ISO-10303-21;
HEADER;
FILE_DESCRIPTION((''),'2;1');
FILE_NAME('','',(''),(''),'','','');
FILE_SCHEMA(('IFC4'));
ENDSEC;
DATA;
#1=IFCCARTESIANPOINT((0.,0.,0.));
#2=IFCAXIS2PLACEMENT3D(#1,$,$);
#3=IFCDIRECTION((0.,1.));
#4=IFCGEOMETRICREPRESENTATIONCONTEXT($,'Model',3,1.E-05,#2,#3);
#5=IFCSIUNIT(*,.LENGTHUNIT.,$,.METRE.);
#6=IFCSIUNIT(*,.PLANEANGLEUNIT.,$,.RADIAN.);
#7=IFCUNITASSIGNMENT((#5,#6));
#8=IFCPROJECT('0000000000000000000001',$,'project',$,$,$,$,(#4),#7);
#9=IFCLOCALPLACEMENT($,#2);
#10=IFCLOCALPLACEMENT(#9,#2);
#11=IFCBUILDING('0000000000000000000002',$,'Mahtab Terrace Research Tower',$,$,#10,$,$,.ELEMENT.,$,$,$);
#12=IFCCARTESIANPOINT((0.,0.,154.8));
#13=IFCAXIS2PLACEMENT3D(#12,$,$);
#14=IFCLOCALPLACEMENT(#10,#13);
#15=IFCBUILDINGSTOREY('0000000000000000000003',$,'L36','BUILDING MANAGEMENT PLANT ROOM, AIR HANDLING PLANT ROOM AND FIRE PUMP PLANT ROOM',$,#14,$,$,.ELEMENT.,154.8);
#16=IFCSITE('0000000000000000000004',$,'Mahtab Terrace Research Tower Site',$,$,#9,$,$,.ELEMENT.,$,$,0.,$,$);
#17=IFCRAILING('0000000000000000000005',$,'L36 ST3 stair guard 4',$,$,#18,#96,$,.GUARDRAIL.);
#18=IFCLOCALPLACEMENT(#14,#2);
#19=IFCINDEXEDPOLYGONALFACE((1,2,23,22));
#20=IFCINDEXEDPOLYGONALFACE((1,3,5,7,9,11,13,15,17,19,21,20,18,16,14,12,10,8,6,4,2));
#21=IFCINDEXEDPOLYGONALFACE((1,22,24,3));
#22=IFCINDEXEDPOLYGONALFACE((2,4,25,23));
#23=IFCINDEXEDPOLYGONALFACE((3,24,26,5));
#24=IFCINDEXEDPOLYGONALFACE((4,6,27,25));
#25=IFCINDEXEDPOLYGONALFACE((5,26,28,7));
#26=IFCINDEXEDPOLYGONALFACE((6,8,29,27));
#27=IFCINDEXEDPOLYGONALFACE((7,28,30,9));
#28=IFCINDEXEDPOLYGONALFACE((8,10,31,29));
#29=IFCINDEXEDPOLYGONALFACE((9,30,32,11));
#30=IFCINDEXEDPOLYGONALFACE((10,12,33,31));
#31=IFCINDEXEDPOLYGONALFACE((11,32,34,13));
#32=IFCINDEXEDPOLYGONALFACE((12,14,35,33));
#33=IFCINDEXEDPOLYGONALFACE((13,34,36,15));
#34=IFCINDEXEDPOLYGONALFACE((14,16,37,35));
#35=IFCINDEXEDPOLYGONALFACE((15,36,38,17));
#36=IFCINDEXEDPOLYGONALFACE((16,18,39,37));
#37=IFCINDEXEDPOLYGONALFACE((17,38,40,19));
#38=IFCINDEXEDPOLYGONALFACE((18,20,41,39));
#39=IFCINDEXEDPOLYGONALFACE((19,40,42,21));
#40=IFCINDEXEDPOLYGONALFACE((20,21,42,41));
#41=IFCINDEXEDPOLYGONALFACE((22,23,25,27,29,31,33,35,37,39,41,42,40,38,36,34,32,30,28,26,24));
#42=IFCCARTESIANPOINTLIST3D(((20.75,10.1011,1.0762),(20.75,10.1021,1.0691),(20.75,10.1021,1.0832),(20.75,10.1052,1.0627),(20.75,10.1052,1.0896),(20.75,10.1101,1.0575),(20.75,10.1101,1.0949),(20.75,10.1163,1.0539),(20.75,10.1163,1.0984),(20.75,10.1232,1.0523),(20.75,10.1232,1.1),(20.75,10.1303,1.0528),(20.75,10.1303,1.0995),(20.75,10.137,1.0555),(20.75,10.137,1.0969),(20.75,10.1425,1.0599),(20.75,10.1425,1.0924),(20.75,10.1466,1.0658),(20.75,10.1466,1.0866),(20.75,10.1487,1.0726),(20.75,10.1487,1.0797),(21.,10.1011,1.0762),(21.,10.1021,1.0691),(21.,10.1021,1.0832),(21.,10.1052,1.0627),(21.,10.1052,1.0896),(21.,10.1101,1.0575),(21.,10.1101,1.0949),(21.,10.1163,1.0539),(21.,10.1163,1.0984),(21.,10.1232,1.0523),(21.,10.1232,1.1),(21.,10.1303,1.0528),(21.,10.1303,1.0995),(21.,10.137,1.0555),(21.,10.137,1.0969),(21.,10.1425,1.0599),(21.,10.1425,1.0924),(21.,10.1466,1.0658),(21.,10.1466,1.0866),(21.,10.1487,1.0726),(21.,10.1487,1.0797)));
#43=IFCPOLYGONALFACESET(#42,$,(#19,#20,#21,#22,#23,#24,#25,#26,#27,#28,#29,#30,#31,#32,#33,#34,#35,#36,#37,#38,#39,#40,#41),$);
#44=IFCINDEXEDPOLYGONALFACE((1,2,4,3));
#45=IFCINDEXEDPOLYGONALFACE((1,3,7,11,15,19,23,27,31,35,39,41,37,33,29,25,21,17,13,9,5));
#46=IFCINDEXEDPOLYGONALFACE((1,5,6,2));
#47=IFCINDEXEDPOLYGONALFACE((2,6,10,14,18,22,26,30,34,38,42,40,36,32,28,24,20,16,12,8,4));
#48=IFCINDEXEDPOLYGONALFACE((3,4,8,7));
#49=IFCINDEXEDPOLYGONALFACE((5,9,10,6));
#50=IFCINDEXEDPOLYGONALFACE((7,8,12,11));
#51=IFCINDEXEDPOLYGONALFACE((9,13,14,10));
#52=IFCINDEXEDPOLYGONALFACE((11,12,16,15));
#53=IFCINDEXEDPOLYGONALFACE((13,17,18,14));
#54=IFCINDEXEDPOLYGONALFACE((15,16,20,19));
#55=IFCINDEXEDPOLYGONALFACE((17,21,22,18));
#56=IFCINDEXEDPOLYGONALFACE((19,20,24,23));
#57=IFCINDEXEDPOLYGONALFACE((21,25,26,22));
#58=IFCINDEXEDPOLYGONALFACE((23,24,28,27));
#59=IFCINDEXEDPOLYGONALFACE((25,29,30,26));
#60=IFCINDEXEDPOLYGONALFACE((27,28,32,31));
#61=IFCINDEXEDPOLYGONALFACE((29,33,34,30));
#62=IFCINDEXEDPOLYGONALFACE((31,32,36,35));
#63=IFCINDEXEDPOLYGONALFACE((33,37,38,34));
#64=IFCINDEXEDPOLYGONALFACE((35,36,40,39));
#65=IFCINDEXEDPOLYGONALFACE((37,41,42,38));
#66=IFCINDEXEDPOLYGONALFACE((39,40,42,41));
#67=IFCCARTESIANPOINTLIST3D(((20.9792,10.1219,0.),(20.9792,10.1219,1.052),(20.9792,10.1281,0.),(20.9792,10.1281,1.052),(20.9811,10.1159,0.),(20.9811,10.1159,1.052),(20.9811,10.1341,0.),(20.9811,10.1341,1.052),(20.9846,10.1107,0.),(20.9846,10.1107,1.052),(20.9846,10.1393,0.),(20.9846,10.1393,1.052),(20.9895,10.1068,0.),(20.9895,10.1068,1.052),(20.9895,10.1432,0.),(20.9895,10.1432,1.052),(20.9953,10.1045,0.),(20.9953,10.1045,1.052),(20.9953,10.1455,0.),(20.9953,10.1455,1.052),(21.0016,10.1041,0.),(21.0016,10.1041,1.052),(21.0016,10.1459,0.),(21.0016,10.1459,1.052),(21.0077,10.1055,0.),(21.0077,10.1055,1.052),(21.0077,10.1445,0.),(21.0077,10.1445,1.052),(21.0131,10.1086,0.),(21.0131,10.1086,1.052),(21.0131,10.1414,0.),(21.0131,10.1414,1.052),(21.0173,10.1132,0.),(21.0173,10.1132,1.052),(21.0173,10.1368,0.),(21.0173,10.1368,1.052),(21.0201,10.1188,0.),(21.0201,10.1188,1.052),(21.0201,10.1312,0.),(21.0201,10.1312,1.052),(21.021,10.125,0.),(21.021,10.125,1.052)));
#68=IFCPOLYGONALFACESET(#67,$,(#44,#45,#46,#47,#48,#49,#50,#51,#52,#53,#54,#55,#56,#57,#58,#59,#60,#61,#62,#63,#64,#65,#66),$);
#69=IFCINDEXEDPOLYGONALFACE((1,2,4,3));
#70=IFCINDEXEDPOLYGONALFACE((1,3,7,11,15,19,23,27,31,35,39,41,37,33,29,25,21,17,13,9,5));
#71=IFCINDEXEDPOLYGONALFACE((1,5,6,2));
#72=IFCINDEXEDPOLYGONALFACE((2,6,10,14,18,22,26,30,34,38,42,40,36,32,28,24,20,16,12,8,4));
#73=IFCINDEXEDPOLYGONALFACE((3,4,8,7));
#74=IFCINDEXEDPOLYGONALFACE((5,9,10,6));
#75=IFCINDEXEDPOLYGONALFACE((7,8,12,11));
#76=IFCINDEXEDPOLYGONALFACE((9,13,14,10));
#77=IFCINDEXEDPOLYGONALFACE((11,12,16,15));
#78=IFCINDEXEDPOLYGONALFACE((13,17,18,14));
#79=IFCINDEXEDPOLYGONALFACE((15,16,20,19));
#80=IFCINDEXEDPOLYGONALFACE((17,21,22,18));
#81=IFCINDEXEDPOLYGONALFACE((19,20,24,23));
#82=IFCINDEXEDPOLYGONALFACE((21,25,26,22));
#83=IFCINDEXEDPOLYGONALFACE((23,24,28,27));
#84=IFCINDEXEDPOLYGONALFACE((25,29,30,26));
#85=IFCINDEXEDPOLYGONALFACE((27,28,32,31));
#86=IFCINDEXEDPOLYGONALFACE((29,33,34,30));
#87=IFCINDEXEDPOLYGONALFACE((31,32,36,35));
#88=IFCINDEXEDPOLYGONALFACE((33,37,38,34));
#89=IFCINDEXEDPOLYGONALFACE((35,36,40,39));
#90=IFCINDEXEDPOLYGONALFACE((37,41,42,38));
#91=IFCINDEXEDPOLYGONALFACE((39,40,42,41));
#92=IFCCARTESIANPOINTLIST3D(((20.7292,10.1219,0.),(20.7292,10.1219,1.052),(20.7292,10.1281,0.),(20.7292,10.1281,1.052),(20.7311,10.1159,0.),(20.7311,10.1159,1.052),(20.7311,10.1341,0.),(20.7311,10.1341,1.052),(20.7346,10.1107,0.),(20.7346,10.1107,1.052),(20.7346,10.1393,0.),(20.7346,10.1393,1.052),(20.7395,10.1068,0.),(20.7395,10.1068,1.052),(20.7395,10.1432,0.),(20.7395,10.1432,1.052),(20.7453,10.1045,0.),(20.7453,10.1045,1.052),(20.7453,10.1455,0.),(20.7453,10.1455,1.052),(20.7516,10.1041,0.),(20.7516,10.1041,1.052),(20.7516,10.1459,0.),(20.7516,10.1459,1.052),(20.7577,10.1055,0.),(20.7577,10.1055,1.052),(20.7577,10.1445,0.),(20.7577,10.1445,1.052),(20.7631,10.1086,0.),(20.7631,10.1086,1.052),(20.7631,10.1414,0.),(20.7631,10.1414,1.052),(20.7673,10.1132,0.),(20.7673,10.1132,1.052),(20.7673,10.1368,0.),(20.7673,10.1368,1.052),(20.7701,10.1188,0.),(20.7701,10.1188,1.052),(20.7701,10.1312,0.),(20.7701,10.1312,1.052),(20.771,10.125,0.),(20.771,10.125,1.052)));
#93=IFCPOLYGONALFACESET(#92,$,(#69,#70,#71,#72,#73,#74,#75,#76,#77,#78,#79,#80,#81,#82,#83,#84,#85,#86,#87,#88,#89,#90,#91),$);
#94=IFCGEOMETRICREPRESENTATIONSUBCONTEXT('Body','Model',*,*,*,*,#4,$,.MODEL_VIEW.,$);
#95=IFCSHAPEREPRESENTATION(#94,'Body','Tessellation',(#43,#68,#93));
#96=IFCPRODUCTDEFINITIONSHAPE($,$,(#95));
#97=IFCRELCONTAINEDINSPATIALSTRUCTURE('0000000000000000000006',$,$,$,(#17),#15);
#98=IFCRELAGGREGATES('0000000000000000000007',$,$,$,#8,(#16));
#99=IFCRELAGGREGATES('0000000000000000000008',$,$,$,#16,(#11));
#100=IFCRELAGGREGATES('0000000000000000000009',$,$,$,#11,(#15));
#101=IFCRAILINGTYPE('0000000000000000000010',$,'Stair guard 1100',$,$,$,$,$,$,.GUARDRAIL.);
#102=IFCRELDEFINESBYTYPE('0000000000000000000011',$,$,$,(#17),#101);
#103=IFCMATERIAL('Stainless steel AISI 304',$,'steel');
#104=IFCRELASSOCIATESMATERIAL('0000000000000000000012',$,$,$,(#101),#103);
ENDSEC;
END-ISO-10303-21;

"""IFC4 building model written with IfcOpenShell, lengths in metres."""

from ifc_helpers import new_model, si_unit, direction, frame, origin, origin_2d, place, context, subcontext, project, spatial, circle, extrude, material, type_object, element, save


model = new_model("IFC4")

# Units and contexts
model_context = context("Model", 3, precision=1e-05, world=origin(), true_north=direction((0.0, 1.0)))
body_context = subcontext(model_context, "Body", "Model", "MODEL_VIEW")
ifc_project = project(units=[si_unit("LENGTHUNIT", "METRE"), si_unit("PLANEANGLEUNIT", "RADIAN")], contexts=[model_context])

# Site, building, storey
site_placement = place(None, origin())
site = spatial("IfcSite", under=ifc_project, at=site_placement, Name="Mahtab Terrace Research Tower Site", CompositionType="ELEMENT", RefElevation=0.0)
building_placement = place(site_placement, origin())
building = spatial("IfcBuilding", under=site, at=building_placement, Name="Mahtab Terrace Research Tower", CompositionType="ELEMENT")
storey_placement = place(building_placement, frame((0.0, 0.0, 154.8)))
storey = spatial("IfcBuildingStorey", under=building, at=storey_placement, Name="L36", Description="BUILDING MANAGEMENT PLANT ROOM, AIR HANDLING PLANT ROOM AND FIRE PUMP PLANT ROOM", CompositionType="ELEMENT", Elevation=154.8)

# Railing
ifc_material_1 = material(Name="Stainless steel AISI 304", Category="steel")
railing_type_1 = type_object("IfcRailingType", Name="Stair guard 1100", PredefinedType="GUARDRAIL", material=ifc_material_1)
railing_1_placement = place(storey_placement, frame((21.0, 10.125, 0.0)))
element("IfcRailing", 1, at=railing_1_placement, inside=storey, type_object=railing_type_1, Name="L36 ST3 stair guard 4", PredefinedType="GUARDRAIL", context=body_context, shape_type="SweptSolid", body=[
    extrude(circle(Radius=0.0239, at=origin_2d()), frame((0.0, 0.0, 1.0762), z_axis=(-1.0, 0.0, 0.0), x_axis=(0.0, -1.0, 0.0)), (0.0, 0.0, 1.0), 0.25),
    extrude(circle(Radius=0.021, at=origin_2d()), origin(), (0.0, 0.0, 1.0), 1.052),
    extrude(circle(Radius=0.021, at=origin_2d()), frame((-0.25, 0.0, 0.0)), (0.0, 0.0, 1.0), 1.052),
])

save(model, "model.ifc")
